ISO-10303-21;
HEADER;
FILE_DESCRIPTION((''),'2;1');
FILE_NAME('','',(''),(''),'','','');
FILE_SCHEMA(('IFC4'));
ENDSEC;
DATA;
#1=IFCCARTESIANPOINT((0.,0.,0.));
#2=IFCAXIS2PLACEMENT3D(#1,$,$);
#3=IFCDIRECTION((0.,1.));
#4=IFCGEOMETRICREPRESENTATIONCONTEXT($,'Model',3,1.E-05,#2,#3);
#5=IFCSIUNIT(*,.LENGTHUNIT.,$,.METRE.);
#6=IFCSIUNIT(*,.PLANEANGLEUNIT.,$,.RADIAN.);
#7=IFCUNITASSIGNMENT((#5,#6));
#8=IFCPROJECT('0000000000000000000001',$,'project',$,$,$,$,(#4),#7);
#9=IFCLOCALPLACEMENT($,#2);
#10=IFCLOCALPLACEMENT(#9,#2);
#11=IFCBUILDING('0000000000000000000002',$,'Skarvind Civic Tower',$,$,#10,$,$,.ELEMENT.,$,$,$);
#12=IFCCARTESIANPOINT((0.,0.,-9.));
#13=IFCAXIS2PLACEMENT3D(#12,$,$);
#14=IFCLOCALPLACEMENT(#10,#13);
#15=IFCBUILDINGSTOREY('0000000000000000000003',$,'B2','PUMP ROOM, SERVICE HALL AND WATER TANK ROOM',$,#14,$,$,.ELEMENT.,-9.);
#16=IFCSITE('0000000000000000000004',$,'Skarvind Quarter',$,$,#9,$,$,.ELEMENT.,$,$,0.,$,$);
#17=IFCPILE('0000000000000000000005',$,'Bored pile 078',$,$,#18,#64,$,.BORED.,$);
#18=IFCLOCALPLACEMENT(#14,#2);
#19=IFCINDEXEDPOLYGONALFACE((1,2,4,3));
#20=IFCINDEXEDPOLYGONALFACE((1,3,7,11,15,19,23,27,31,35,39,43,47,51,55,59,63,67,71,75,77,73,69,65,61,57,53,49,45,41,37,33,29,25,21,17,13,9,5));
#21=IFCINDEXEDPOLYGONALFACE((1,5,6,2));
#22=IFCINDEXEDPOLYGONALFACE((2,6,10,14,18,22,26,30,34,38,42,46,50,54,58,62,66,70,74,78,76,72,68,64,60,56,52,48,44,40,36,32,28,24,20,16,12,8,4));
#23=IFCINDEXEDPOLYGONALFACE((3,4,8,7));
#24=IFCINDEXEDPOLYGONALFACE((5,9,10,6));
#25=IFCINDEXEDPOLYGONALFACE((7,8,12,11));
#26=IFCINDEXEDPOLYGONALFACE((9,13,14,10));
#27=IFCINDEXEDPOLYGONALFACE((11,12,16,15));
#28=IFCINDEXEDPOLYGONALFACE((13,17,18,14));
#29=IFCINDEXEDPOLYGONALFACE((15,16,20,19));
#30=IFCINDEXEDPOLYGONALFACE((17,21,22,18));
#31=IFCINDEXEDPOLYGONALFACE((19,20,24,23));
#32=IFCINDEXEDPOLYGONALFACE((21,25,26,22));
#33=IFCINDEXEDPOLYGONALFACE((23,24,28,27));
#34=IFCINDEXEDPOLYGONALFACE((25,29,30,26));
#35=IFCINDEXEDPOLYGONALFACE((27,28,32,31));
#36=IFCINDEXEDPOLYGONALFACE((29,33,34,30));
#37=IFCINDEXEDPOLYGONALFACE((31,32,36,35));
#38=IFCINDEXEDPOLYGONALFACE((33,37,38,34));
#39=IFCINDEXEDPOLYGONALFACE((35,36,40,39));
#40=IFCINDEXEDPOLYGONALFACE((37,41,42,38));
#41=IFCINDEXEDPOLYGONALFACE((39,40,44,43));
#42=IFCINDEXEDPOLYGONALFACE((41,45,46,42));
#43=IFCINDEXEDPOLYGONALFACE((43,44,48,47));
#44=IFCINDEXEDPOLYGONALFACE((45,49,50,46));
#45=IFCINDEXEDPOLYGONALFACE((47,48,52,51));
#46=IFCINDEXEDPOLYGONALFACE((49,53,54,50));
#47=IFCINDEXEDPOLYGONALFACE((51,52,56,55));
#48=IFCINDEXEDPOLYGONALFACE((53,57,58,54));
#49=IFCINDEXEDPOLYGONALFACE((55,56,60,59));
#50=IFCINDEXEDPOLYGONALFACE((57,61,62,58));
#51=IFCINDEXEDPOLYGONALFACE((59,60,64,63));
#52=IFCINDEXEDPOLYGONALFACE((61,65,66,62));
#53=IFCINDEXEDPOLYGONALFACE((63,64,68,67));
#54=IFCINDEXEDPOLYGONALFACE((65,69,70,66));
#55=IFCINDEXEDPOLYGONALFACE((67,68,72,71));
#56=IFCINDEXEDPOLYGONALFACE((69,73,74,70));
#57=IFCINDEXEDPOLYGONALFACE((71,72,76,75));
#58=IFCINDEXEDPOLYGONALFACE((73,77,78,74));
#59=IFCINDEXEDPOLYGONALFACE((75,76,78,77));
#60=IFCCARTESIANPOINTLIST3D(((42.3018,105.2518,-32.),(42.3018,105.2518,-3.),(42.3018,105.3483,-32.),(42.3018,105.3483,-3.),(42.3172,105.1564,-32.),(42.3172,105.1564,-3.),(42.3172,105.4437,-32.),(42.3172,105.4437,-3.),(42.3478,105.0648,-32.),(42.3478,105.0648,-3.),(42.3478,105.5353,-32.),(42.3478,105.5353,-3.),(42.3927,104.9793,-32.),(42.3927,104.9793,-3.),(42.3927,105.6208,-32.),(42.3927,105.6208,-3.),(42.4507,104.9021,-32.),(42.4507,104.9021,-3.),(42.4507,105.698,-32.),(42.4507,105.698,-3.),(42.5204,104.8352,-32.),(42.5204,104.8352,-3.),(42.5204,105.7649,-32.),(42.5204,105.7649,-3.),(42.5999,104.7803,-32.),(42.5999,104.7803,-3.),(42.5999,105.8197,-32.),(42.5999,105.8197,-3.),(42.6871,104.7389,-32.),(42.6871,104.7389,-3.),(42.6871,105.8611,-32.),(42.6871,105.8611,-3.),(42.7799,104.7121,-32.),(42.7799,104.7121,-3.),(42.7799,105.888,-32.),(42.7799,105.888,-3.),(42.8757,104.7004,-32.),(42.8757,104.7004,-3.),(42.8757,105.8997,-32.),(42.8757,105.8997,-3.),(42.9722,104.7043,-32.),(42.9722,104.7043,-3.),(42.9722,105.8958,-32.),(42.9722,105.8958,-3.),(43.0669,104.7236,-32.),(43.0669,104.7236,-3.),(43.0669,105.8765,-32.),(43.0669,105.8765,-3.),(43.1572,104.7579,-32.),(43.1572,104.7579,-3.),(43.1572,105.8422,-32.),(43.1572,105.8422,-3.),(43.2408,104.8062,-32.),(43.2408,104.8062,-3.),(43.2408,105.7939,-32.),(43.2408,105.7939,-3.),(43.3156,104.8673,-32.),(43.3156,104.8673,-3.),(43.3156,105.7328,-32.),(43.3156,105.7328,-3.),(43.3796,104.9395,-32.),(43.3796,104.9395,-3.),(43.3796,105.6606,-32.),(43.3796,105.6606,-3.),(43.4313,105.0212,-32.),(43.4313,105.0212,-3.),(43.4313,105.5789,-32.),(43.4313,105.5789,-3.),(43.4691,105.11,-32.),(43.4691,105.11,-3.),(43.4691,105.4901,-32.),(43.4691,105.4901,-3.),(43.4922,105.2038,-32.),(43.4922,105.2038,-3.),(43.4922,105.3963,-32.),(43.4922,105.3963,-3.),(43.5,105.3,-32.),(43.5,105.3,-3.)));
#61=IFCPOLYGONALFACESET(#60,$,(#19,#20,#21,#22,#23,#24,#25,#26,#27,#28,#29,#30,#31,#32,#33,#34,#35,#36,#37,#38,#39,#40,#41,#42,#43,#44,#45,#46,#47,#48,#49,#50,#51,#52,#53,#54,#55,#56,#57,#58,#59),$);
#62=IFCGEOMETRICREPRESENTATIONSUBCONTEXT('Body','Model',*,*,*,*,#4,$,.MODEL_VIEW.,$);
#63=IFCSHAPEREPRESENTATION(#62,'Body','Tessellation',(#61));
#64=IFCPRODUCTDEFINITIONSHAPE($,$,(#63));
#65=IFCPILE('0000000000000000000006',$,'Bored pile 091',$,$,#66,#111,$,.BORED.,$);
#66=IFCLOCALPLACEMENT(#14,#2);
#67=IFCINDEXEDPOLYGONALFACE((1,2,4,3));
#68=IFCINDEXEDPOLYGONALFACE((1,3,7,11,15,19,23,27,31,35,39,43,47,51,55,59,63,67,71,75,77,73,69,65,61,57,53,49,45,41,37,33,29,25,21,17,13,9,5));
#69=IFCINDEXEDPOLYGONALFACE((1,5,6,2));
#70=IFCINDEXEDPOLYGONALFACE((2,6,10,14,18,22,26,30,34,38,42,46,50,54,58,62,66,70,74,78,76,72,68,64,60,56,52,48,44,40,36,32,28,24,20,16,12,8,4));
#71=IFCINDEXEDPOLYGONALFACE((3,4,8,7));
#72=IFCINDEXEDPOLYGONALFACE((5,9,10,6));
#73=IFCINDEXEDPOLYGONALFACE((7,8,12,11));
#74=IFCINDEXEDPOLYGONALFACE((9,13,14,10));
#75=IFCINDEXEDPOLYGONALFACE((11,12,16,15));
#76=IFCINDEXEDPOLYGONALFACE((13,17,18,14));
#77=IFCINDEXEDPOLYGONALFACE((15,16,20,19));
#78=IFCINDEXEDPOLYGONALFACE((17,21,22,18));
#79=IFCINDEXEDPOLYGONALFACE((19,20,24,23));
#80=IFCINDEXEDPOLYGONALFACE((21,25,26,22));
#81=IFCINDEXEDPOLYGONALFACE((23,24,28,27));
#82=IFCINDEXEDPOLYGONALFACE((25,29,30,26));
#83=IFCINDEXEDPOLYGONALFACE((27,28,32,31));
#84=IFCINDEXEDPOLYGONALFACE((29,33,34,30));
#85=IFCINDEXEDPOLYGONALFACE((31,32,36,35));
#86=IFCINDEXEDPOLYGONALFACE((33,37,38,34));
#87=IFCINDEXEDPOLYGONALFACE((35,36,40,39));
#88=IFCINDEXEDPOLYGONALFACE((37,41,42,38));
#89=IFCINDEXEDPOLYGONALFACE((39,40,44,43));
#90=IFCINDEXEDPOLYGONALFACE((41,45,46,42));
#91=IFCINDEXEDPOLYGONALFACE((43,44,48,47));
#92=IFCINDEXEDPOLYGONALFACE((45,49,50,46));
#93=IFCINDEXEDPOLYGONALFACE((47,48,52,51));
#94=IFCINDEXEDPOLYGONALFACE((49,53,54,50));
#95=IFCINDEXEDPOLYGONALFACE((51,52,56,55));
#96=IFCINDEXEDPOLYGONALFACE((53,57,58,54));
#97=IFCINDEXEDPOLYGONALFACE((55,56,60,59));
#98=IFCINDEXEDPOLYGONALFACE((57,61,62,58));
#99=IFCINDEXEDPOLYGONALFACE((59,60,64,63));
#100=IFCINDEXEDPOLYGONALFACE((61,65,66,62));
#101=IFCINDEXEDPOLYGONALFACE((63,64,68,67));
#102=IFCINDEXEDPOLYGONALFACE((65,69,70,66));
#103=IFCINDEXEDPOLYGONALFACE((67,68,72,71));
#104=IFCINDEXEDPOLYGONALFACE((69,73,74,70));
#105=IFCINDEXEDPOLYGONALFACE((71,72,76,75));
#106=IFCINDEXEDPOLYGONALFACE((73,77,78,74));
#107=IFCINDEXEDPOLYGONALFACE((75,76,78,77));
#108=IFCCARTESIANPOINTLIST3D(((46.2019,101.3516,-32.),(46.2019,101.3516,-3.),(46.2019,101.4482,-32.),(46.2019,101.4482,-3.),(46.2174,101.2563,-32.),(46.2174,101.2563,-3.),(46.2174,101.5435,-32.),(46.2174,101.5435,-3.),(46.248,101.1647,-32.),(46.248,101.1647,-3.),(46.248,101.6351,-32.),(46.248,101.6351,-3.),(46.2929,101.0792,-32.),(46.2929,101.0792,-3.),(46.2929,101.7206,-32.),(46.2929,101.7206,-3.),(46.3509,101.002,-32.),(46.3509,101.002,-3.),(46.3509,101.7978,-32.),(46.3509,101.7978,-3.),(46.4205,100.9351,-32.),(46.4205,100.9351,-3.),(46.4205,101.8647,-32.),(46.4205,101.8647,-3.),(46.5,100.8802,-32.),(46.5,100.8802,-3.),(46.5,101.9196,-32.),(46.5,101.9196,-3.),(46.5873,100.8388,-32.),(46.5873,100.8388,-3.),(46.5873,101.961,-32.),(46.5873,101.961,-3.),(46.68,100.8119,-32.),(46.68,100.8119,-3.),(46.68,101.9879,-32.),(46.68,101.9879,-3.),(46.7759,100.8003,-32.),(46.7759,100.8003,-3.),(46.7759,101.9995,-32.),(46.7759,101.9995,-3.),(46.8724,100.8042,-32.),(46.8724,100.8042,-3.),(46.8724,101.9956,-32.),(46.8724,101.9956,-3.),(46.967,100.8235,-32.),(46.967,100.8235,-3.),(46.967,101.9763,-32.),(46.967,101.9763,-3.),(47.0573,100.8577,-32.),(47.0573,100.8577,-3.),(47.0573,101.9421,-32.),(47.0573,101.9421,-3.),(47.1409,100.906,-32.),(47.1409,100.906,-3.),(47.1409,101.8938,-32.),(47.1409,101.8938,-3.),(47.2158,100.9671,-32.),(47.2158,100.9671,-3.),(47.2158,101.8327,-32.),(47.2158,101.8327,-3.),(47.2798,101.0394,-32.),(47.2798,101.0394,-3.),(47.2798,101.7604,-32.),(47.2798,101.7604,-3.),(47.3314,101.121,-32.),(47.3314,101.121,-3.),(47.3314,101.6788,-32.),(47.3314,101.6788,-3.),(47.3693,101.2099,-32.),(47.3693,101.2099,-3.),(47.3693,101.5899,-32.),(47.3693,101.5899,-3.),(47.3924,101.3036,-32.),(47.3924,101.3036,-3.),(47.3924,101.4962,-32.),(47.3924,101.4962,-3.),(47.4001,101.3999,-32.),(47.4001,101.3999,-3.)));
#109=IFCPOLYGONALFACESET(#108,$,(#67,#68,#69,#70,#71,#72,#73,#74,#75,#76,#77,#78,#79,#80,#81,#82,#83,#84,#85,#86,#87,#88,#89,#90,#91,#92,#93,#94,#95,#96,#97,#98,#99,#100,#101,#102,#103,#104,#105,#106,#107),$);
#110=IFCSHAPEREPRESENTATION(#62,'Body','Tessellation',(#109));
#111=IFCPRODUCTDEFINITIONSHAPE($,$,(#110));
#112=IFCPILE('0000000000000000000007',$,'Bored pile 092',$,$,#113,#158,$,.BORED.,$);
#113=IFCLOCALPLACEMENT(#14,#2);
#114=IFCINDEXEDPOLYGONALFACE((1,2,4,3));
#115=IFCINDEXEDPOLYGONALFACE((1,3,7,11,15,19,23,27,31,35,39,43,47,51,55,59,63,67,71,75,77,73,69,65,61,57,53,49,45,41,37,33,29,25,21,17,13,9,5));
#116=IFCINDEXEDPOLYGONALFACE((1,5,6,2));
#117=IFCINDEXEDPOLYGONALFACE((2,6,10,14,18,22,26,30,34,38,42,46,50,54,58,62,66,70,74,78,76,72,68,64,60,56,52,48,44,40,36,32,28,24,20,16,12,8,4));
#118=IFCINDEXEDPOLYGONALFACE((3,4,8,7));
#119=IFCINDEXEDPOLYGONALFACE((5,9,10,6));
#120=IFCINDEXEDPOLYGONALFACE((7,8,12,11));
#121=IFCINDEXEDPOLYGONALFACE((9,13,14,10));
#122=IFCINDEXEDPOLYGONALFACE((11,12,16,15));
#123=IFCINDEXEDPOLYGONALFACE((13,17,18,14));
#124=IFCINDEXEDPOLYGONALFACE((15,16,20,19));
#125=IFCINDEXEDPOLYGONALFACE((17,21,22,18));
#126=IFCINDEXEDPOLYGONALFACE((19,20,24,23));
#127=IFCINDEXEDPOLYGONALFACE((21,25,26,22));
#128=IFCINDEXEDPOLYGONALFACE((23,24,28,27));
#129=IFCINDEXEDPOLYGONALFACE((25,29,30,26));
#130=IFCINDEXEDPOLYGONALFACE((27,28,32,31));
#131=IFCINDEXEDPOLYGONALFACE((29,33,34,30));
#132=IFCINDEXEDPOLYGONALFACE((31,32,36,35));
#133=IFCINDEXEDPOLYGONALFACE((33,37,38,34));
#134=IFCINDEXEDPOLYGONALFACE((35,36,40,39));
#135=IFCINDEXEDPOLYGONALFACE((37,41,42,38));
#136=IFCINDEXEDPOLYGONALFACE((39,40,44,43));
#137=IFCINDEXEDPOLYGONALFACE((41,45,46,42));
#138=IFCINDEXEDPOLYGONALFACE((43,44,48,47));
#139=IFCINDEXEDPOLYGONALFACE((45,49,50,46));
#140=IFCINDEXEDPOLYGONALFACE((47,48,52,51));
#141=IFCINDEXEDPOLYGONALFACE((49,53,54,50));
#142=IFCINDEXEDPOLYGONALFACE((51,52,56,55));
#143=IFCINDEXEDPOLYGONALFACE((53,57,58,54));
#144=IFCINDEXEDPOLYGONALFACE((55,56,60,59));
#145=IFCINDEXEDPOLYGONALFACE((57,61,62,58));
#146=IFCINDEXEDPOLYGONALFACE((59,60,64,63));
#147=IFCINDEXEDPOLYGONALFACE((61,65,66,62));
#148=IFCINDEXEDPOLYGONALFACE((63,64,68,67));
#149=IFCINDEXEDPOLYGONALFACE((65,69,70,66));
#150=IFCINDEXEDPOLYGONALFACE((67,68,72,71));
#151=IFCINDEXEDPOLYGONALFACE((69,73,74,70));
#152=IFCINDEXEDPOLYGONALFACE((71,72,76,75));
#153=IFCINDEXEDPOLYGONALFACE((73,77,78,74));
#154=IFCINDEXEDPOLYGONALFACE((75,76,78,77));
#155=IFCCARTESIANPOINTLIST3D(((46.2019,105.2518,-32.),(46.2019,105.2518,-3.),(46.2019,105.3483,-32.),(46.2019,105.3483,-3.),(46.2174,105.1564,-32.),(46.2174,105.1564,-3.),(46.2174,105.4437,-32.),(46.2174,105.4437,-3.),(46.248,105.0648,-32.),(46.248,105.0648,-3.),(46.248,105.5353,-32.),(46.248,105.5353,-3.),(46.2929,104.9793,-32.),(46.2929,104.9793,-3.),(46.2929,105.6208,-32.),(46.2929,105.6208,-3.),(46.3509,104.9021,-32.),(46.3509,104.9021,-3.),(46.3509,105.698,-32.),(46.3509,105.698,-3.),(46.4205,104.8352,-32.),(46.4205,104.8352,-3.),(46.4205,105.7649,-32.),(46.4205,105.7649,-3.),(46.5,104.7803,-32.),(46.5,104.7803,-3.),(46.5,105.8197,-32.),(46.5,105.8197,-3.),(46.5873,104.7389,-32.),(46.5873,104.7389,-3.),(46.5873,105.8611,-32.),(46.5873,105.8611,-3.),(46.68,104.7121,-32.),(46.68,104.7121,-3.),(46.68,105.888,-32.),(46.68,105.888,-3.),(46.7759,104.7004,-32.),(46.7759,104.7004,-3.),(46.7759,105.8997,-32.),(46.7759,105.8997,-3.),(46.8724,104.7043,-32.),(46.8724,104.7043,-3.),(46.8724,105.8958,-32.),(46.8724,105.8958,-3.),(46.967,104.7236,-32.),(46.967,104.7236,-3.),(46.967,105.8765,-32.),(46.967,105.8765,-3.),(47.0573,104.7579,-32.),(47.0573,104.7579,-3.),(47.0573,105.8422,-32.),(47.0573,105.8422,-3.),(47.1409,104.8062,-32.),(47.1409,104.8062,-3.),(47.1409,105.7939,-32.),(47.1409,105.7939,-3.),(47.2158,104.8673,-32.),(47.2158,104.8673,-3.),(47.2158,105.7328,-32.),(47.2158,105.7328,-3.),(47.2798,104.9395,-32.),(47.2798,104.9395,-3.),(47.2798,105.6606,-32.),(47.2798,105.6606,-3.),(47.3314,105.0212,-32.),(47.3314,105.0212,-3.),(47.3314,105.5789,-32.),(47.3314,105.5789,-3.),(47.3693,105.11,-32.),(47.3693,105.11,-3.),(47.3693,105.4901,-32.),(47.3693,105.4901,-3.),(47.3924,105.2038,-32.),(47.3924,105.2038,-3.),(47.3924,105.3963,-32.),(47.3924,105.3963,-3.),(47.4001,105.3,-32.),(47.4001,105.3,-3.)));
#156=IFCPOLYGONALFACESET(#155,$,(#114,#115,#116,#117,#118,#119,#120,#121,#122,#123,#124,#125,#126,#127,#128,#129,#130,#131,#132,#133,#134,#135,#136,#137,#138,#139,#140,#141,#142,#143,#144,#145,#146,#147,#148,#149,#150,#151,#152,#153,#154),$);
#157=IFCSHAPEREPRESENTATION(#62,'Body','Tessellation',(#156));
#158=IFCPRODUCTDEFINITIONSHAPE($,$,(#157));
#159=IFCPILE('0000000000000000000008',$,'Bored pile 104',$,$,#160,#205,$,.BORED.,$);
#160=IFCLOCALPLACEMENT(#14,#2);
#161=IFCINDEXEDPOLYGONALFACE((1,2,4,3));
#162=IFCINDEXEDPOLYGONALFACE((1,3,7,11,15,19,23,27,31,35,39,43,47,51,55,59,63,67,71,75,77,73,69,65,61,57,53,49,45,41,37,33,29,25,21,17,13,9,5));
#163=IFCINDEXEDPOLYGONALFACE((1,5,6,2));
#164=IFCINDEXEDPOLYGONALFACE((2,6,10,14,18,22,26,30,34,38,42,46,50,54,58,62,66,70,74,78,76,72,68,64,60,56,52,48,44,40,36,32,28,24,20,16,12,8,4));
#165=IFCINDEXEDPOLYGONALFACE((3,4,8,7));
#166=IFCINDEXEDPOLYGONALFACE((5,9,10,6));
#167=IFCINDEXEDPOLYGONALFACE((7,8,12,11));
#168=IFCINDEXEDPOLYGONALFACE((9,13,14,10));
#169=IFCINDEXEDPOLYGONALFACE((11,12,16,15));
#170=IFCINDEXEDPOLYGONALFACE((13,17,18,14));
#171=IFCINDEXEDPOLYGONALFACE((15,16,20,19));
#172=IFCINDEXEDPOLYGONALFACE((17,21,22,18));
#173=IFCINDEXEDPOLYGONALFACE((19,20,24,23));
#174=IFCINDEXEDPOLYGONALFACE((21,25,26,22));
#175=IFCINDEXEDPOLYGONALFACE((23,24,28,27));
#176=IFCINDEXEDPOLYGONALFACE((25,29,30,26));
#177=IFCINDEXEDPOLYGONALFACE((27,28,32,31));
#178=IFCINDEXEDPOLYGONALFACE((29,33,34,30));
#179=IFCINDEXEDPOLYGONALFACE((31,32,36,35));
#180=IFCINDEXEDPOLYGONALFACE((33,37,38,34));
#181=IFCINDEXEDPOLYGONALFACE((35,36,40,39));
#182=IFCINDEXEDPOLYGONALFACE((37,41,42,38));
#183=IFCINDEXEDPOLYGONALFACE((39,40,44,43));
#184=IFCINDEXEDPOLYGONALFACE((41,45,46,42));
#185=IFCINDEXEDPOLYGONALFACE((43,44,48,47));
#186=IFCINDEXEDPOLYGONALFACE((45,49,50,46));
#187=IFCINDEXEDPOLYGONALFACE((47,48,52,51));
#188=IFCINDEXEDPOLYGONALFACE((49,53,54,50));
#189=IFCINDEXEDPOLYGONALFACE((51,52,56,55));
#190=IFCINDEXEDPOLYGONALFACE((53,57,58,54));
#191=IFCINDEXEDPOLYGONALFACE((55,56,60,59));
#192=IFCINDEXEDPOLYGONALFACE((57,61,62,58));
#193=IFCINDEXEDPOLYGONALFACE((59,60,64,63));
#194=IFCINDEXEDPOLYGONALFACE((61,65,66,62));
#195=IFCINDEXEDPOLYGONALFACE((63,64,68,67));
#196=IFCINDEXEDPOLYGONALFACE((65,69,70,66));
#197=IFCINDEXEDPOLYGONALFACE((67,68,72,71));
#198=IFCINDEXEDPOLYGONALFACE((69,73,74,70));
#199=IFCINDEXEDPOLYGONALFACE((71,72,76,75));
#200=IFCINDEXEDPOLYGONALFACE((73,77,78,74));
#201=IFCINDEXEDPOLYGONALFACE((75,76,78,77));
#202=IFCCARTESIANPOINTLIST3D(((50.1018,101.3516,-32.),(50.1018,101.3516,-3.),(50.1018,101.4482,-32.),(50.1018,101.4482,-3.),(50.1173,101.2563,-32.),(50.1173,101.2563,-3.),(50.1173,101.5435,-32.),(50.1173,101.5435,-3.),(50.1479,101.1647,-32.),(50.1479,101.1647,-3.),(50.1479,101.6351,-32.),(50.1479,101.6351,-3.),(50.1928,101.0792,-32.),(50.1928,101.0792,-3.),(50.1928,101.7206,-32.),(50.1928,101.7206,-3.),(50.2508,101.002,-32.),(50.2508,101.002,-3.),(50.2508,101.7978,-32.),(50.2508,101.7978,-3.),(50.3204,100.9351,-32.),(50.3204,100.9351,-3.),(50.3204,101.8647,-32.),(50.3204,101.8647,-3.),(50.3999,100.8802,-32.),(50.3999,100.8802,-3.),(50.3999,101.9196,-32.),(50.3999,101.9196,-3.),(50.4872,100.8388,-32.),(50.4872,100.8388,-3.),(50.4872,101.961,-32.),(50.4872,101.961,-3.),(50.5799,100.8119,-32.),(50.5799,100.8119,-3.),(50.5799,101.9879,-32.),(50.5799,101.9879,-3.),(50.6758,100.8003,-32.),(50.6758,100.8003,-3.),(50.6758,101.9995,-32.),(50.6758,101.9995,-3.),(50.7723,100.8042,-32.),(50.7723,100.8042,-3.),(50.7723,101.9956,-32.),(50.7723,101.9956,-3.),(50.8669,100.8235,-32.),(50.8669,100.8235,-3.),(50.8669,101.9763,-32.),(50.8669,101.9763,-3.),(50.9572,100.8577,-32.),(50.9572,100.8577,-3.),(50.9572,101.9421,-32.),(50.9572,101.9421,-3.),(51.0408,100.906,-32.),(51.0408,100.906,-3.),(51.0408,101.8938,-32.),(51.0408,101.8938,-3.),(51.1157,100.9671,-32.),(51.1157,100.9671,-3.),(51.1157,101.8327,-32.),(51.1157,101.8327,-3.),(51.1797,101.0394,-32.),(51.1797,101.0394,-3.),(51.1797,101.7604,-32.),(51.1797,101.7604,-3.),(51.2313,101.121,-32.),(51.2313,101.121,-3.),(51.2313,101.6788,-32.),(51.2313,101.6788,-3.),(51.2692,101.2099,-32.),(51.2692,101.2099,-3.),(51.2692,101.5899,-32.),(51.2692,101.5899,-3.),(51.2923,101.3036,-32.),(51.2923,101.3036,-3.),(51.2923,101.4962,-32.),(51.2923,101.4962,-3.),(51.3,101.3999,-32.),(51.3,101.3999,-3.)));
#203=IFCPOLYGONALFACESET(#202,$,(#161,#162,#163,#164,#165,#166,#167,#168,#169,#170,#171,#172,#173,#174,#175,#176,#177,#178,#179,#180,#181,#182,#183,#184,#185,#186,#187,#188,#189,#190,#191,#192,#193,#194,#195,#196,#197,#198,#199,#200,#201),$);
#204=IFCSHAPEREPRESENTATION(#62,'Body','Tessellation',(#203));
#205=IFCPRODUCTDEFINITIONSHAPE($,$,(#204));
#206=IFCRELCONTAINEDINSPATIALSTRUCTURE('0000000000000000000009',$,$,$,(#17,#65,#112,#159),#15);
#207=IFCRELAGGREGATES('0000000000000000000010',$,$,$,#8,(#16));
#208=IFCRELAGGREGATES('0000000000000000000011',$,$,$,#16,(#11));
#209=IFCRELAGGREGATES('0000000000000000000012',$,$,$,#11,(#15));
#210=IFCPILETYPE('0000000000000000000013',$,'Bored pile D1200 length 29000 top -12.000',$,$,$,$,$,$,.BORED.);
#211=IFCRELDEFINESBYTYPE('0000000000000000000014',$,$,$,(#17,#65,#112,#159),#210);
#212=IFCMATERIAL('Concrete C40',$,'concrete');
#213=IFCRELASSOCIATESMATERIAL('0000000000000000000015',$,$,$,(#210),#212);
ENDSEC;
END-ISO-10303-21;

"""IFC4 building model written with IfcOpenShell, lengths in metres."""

from ifc_helpers import new_model, si_unit, direction, frame, origin, origin_2d, place, context, subcontext, project, spatial, circle, extrude, material, type_object, element, save


model = new_model("IFC4")

# Units and contexts
model_context = context("Model", 3, precision=1e-05, world=origin(), true_north=direction((0.0, 1.0)))
body_context = subcontext(model_context, "Body", "Model", "MODEL_VIEW")
ifc_project = project(units=[si_unit("LENGTHUNIT", "METRE"), si_unit("PLANEANGLEUNIT", "RADIAN")], contexts=[model_context])

# Site, building, storey
site_placement = place(None, origin())
site = spatial("IfcSite", under=ifc_project, at=site_placement, Name="Skarvind Quarter", CompositionType="ELEMENT", RefElevation=0.0)
building_placement = place(site_placement, origin())
building = spatial("IfcBuilding", under=site, at=building_placement, Name="Skarvind Civic Tower", CompositionType="ELEMENT")
storey_placement = place(building_placement, frame((0.0, 0.0, -9.0)))
storey = spatial("IfcBuildingStorey", under=building, at=storey_placement, Name="B2", Description="PUMP ROOM, SERVICE HALL AND WATER TANK ROOM", CompositionType="ELEMENT", Elevation=-9.0)

# Piles
ifc_material_1 = material(Name="Concrete C40", Category="concrete")
pile_type_1 = type_object("IfcPileType", Name="Bored pile D1200 length 29000 top -12.000", PredefinedType="BORED", material=ifc_material_1)
for number, where, z_axis, x_axis, name in (
    (1, (42.8999, 105.3, -3.0), (0.0, 0.0, -1.0), (1.0, 0.0, 0.0), "Bored pile 078"),
    (2, (46.8, 101.3999, -3.0), (0.0, 0.0, -1.0), (1.0, 0.0, 0.0), "Bored pile 091"),
    (3, (46.8, 105.3, -3.0), (0.0, 0.0, -1.0), (1.0, 0.0, 0.0), "Bored pile 092"),
    (4, (50.7, 101.3999, -3.0), (0.0, 0.0, -1.0), (1.0, 0.0, 0.0), "Bored pile 104"),
):
    element("IfcPile", number, at=place(storey_placement, frame(where, z_axis=z_axis, x_axis=x_axis)), inside=storey, type_object=pile_type_1, Name=name, PredefinedType="BORED", context=body_context, shape_type="SweptSolid", body=[
        extrude(circle(Radius=0.6001, at=origin_2d()), origin(), (0.0, 0.0, 1.0), 29.0),
    ])

save(model, "model.ifc")
